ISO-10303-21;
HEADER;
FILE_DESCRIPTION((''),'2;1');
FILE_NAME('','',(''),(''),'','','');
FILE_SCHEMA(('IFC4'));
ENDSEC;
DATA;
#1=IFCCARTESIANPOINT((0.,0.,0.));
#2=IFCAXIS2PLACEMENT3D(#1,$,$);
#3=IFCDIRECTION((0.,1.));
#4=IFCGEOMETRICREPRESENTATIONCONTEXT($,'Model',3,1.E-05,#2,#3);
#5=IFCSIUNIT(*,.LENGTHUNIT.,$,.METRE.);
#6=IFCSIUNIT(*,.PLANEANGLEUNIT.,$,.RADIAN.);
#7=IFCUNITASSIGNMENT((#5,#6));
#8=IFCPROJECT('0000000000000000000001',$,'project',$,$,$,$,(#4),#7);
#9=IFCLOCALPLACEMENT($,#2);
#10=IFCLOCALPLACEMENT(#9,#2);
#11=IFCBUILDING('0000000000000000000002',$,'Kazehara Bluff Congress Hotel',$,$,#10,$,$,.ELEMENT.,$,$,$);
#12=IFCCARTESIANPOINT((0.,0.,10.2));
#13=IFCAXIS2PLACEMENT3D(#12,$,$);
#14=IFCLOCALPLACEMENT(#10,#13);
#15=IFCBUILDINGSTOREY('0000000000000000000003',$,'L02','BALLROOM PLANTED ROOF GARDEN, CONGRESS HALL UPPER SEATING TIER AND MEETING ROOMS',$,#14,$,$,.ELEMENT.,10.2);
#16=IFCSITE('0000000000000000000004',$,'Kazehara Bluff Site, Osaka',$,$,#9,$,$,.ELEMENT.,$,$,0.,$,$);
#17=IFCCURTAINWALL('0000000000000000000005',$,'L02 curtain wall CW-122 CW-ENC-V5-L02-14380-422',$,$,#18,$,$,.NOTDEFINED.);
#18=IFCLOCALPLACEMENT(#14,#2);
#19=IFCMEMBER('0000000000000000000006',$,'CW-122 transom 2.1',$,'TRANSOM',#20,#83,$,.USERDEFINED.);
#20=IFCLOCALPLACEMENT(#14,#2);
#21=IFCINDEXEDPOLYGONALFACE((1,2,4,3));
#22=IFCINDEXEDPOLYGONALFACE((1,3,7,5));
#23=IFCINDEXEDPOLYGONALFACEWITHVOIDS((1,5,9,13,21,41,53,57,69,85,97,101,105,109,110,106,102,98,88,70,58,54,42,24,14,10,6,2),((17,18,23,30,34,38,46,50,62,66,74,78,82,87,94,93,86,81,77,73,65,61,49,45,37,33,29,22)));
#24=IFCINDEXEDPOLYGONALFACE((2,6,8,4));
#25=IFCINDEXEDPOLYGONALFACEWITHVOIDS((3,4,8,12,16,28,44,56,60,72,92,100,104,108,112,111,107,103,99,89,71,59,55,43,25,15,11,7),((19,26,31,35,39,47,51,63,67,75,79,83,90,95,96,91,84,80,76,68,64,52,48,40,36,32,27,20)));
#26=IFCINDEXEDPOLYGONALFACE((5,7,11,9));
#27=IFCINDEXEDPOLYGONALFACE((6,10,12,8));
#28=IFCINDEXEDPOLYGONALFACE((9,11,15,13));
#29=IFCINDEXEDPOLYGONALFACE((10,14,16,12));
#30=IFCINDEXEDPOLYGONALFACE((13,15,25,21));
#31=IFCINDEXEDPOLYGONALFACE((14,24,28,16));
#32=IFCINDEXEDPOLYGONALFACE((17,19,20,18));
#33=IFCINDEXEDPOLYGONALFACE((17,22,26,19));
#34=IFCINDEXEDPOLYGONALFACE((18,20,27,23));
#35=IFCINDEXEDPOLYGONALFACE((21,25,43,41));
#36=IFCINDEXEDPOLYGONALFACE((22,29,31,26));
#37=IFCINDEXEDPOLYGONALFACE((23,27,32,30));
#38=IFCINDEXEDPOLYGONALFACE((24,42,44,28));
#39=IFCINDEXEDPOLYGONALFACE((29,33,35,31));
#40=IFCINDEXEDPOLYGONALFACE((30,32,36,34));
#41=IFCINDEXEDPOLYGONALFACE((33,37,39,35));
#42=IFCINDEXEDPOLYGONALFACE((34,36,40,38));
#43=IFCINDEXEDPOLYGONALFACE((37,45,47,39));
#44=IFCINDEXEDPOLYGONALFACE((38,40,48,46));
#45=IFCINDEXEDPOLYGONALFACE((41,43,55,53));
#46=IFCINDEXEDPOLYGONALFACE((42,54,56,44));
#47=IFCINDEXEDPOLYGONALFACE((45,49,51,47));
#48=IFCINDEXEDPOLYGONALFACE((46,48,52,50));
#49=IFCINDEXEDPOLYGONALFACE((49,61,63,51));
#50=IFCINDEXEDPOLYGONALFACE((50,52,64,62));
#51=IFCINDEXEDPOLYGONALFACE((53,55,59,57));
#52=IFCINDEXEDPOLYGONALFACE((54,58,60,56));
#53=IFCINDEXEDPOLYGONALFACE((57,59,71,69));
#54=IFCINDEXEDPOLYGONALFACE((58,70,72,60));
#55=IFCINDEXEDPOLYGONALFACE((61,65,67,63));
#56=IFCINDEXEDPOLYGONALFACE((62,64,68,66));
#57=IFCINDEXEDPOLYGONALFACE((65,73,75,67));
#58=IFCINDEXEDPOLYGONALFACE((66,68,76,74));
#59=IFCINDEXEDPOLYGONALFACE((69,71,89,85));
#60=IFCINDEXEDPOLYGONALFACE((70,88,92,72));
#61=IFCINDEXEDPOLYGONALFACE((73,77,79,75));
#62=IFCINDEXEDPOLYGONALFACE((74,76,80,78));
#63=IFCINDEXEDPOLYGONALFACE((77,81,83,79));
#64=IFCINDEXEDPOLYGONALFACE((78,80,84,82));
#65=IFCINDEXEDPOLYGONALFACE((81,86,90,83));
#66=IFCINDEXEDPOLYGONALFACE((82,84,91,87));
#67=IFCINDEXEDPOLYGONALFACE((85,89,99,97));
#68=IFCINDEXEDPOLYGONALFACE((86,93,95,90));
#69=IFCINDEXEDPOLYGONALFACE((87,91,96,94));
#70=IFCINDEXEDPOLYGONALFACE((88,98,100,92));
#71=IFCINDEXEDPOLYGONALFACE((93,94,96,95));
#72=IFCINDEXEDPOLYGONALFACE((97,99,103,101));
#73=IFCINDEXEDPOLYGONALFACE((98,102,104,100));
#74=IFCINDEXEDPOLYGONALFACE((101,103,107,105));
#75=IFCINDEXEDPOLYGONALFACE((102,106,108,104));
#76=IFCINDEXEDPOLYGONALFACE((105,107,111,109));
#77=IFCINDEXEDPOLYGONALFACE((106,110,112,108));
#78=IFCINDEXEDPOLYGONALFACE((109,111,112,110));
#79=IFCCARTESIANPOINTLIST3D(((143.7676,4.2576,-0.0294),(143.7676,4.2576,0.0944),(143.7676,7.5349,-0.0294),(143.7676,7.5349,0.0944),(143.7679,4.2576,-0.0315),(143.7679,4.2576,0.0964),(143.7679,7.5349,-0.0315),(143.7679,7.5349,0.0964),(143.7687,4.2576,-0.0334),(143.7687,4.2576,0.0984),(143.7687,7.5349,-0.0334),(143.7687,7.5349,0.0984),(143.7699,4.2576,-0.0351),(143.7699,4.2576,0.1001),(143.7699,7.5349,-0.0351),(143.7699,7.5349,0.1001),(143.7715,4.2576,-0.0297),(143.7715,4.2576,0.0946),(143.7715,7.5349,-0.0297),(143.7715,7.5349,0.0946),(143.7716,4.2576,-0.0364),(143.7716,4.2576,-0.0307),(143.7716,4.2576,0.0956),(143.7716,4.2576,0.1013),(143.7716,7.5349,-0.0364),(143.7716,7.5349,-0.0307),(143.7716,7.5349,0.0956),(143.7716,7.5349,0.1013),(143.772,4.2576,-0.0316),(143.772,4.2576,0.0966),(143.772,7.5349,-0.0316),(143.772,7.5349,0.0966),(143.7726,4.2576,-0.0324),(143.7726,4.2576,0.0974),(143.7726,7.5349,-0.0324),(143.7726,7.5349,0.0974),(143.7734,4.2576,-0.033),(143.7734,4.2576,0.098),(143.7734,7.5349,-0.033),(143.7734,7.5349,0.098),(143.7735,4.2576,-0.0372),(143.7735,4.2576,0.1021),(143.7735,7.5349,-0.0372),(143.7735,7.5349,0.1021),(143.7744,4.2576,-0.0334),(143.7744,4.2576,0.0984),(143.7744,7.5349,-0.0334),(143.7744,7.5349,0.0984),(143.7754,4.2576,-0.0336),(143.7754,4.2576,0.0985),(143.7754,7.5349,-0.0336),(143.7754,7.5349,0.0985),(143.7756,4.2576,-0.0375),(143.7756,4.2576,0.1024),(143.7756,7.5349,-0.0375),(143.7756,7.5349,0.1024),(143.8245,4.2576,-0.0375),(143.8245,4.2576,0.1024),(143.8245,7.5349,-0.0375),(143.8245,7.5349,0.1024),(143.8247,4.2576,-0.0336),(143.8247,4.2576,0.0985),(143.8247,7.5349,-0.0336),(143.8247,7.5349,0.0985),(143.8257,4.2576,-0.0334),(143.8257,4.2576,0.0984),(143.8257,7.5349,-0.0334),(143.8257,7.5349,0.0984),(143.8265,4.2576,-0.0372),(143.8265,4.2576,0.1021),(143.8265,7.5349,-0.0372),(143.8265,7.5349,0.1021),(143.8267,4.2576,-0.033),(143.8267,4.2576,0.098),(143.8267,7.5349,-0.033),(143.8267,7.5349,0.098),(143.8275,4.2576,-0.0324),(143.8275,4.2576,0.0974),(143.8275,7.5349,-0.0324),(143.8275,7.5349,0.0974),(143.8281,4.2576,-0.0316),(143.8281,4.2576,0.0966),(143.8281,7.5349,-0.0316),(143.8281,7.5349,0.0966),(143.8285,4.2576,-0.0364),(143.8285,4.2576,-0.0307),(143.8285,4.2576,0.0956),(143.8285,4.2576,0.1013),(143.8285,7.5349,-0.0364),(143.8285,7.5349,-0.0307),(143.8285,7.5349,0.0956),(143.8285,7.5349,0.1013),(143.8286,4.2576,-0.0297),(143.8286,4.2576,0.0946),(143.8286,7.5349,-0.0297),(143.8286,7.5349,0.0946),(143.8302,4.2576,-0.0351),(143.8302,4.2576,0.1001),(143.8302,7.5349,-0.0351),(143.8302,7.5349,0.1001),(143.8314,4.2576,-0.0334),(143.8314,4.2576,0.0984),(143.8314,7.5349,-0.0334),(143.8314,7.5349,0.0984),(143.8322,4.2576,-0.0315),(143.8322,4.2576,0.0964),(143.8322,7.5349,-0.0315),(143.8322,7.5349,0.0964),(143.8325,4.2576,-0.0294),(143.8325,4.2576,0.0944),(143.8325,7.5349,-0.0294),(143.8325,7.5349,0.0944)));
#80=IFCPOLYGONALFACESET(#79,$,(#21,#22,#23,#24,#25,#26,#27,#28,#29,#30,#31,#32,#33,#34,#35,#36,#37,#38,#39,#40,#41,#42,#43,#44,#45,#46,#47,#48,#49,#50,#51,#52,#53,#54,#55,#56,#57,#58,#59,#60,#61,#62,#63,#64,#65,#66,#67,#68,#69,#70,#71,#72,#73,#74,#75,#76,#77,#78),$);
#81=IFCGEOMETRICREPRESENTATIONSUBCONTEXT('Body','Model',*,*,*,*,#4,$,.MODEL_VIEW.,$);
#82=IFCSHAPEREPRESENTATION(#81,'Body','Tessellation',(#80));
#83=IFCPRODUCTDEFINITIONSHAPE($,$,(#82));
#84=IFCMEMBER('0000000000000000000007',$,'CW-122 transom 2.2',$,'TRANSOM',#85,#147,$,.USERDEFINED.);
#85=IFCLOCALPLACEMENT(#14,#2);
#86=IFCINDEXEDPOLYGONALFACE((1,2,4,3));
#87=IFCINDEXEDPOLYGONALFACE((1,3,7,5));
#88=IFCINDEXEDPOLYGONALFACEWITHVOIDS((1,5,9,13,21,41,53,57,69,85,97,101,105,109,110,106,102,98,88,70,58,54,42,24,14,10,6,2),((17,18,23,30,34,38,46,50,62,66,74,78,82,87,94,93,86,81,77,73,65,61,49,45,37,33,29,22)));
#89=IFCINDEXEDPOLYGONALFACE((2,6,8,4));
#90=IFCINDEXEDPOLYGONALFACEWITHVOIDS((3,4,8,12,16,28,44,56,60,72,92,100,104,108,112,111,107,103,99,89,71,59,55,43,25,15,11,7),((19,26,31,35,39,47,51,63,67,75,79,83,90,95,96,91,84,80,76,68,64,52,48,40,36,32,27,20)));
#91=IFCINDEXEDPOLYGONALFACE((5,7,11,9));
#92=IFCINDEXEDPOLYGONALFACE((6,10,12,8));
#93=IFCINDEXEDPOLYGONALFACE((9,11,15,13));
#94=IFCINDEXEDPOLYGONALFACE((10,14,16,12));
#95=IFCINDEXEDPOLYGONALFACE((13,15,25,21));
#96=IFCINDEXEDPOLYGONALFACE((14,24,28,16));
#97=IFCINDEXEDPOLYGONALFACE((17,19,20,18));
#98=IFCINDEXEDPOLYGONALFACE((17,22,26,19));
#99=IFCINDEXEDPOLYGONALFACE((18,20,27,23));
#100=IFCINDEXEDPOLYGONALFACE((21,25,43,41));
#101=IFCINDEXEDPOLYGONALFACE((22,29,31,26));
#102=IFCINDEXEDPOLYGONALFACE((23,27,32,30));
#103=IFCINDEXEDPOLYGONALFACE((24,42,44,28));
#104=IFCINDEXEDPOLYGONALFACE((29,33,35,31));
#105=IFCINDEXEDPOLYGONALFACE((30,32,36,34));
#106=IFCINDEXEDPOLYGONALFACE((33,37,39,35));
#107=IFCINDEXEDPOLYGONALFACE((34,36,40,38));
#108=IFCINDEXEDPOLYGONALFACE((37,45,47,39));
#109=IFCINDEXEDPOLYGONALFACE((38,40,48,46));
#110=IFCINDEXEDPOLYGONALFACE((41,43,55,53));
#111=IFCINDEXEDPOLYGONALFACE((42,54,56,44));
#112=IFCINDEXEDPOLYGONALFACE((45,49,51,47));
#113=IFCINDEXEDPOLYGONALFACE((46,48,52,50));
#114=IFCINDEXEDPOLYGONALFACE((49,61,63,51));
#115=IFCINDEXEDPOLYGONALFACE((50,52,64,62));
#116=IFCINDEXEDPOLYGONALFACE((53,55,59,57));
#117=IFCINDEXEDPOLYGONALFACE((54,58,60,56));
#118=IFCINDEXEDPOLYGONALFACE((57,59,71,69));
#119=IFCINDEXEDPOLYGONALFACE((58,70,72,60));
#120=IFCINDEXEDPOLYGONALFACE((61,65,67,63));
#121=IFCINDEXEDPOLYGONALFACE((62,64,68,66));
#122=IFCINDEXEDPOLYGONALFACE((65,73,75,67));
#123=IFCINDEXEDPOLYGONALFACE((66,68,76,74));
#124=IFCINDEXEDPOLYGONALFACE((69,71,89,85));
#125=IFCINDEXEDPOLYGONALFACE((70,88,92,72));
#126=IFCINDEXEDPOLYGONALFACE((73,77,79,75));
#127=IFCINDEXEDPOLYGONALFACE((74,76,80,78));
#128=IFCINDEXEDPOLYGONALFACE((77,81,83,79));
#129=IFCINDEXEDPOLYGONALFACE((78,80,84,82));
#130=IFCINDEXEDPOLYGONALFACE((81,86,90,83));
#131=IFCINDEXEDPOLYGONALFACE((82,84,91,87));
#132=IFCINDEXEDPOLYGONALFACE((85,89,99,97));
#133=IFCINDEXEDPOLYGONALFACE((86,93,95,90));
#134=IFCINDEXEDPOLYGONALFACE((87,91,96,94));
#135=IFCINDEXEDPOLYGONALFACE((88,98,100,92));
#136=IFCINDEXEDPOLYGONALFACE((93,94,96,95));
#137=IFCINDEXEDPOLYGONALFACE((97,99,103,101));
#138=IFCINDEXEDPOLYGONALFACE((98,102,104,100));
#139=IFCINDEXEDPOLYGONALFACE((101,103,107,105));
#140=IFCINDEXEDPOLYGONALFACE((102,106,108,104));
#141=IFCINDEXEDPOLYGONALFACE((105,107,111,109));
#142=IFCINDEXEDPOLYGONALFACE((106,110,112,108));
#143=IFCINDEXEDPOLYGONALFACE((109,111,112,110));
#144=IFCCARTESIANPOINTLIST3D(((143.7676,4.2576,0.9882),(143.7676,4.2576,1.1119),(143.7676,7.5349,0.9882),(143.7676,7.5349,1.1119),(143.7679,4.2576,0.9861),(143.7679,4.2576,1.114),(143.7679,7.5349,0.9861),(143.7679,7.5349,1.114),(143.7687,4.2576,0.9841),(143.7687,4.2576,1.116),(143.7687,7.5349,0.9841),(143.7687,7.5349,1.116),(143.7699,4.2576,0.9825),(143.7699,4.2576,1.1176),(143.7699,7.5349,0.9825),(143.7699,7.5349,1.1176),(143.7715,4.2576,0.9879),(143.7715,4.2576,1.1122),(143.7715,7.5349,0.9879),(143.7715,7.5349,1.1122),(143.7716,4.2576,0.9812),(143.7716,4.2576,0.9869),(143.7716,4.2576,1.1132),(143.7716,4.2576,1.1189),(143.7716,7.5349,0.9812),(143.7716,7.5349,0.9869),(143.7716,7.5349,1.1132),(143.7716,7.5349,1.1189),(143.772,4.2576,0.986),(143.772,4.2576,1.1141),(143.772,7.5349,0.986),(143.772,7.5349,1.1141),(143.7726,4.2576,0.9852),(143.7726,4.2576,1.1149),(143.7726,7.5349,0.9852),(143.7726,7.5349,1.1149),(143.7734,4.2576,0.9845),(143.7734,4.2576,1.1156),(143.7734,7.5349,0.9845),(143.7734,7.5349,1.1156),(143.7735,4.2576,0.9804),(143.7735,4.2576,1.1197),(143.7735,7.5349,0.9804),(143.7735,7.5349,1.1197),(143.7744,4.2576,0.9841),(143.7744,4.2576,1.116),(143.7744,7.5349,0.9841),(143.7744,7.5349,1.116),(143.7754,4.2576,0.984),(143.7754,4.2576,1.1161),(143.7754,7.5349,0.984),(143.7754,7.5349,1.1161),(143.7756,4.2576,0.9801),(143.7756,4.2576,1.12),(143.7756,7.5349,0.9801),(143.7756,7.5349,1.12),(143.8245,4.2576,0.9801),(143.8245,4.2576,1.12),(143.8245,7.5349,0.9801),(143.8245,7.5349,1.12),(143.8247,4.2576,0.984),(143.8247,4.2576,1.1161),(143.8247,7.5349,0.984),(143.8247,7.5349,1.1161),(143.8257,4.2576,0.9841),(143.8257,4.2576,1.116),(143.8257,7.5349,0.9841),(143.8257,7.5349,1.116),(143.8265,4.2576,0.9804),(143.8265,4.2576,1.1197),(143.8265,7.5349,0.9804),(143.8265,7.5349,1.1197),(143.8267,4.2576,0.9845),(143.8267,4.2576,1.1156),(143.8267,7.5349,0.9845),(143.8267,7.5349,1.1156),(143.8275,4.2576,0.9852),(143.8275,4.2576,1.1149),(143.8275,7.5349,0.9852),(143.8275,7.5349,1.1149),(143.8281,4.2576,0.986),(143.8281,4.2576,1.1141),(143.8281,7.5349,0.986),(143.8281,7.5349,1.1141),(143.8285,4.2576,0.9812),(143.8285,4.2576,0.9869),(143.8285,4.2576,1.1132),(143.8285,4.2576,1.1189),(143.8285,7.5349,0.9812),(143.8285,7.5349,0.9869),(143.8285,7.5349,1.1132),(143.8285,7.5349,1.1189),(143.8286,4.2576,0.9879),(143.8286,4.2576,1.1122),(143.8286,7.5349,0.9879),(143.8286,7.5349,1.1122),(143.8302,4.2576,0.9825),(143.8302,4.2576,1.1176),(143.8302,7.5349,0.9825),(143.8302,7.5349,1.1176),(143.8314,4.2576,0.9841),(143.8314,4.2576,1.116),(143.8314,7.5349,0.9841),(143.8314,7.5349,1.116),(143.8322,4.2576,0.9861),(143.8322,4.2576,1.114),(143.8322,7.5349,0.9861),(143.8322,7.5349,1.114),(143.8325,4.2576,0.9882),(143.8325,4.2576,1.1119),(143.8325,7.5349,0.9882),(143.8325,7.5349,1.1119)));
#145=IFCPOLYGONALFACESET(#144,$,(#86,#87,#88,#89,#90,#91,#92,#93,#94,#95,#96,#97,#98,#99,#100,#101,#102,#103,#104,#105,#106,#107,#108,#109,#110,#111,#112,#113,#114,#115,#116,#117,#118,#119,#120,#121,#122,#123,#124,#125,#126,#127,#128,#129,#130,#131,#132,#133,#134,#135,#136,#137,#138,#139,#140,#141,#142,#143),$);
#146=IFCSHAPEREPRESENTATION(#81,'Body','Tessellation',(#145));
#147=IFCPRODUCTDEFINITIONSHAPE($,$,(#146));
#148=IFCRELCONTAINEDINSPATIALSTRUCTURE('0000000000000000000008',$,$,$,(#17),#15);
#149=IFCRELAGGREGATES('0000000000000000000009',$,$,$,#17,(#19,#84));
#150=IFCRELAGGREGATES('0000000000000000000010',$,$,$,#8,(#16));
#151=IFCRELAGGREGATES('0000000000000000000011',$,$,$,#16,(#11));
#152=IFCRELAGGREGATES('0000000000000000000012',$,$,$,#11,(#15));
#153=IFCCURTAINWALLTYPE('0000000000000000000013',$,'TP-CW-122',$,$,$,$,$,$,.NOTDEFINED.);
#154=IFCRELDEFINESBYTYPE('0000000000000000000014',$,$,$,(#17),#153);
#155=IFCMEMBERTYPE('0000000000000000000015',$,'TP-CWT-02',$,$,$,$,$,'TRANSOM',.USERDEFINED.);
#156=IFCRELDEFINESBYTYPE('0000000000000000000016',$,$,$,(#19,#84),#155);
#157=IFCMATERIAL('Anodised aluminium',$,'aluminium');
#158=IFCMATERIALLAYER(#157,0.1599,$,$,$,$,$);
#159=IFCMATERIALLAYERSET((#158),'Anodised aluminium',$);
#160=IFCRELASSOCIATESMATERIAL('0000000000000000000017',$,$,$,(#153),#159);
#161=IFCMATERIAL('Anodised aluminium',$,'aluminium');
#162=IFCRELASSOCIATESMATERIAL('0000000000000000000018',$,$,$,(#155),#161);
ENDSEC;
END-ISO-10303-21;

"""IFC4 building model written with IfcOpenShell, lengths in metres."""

from ifc_helpers import new_model, si_unit, direction, frame, origin, origin_2d, place, context, subcontext, project, spatial, hollow_rectangle, extrude, material, layer, layer_set, material_profile, profile_set, type_object, element, aggregate, save


model = new_model("IFC4")

# Units and contexts
model_context = context("Model", 3, precision=1e-05, world=origin(), true_north=direction((0.0, 1.0)))
body_context = subcontext(model_context, "Body", "Model", "MODEL_VIEW")
ifc_project = project(units=[si_unit("LENGTHUNIT", "METRE"), si_unit("PLANEANGLEUNIT", "RADIAN")], contexts=[model_context])

# Site, building, storey
site_placement = place(None, origin())
site = spatial("IfcSite", under=ifc_project, at=site_placement, Name="Kazehara Bluff Site, Osaka", CompositionType="ELEMENT", RefElevation=0.0)
building_placement = place(site_placement, origin())
building = spatial("IfcBuilding", under=site, at=building_placement, Name="Kazehara Bluff Congress Hotel", CompositionType="ELEMENT")
storey_placement = place(building_placement, frame((0.0, 0.0, 10.2)))
storey = spatial("IfcBuildingStorey", under=building, at=storey_placement, Name="L02", Description="BALLROOM PLANTED ROOF GARDEN, CONGRESS HALL UPPER SEATING TIER AND MEETING ROOMS", CompositionType="ELEMENT", Elevation=10.2)

# Curtain wall
ifc_material_1 = material(Name="Anodised aluminium", Category="aluminium")
ifc_layer_1 = layer(ifc_material_1, 0.1599)
ifc_layer_set_1 = layer_set([ifc_layer_1], Name="Anodised aluminium")
curtain_wall_type_1 = type_object("IfcCurtainWallType", Name="TP-CW-122", PredefinedType="NOTDEFINED", material=ifc_layer_set_1)
curtain_wall_1_placement = place(storey_placement, origin())
curtain_wall_1 = element("IfcCurtainWall", 1, at=curtain_wall_1_placement, inside=storey, type_object=curtain_wall_type_1, Name="L02 curtain wall CW-122 CW-ENC-V5-L02-14380-422", PredefinedType="NOTDEFINED")

# Members
ifc_material_2 = material(Name="Anodised aluminium", Category="aluminium")
ifc_material_profile_1 = material_profile(ifc_material_2, hollow_rectangle(XDim=0.0649, YDim=0.1399, WallThickness=0.0039, InnerFilletRadius=0.0039, OuterFilletRadius=0.0081, at=origin_2d()))
ifc_profile_set_1 = profile_set([ifc_material_profile_1], Name="Anodised aluminium")
member_type_1 = type_object("IfcMemberType", Name="TP-CWT-02", ElementType="TRANSOM", PredefinedType="USERDEFINED", material=ifc_profile_set_1)
member_1_placement = place(storey_placement, frame((143.8, 4.2576, 0.0325), z_axis=(0.0, 1.0, 0.0), x_axis=(-1.0, 0.0, 0.0)))
member_1 = element("IfcMember", 2, at=member_1_placement, type_object=member_type_1, Name="CW-122 transom 2.1", ObjectType="TRANSOM", PredefinedType="USERDEFINED", context=body_context, shape_type="SweptSolid", body=[
    extrude(hollow_rectangle(XDim=0.0649, YDim=0.1399, WallThickness=0.0039, InnerFilletRadius=0.0039, OuterFilletRadius=0.0081, at=origin_2d()), origin(), (0.0, 0.0, 1.0), 3.2773),
])
member_2_placement = place(storey_placement, frame((143.8, 4.2576, 1.05), z_axis=(0.0, 1.0, 0.0), x_axis=(-1.0, 0.0, 0.0)))
member_2 = element("IfcMember", 3, at=member_2_placement, type_object=member_type_1, Name="CW-122 transom 2.2", ObjectType="TRANSOM", PredefinedType="USERDEFINED", context=body_context, shape_type="SweptSolid", body=[
    extrude(hollow_rectangle(XDim=0.0649, YDim=0.1399, WallThickness=0.0039, InnerFilletRadius=0.0039, OuterFilletRadius=0.0081, at=origin_2d()), origin(), (0.0, 0.0, 1.0), 3.2773),
])

aggregate(curtain_wall_1, [member_1, member_2])

save(model, "model.ifc")
